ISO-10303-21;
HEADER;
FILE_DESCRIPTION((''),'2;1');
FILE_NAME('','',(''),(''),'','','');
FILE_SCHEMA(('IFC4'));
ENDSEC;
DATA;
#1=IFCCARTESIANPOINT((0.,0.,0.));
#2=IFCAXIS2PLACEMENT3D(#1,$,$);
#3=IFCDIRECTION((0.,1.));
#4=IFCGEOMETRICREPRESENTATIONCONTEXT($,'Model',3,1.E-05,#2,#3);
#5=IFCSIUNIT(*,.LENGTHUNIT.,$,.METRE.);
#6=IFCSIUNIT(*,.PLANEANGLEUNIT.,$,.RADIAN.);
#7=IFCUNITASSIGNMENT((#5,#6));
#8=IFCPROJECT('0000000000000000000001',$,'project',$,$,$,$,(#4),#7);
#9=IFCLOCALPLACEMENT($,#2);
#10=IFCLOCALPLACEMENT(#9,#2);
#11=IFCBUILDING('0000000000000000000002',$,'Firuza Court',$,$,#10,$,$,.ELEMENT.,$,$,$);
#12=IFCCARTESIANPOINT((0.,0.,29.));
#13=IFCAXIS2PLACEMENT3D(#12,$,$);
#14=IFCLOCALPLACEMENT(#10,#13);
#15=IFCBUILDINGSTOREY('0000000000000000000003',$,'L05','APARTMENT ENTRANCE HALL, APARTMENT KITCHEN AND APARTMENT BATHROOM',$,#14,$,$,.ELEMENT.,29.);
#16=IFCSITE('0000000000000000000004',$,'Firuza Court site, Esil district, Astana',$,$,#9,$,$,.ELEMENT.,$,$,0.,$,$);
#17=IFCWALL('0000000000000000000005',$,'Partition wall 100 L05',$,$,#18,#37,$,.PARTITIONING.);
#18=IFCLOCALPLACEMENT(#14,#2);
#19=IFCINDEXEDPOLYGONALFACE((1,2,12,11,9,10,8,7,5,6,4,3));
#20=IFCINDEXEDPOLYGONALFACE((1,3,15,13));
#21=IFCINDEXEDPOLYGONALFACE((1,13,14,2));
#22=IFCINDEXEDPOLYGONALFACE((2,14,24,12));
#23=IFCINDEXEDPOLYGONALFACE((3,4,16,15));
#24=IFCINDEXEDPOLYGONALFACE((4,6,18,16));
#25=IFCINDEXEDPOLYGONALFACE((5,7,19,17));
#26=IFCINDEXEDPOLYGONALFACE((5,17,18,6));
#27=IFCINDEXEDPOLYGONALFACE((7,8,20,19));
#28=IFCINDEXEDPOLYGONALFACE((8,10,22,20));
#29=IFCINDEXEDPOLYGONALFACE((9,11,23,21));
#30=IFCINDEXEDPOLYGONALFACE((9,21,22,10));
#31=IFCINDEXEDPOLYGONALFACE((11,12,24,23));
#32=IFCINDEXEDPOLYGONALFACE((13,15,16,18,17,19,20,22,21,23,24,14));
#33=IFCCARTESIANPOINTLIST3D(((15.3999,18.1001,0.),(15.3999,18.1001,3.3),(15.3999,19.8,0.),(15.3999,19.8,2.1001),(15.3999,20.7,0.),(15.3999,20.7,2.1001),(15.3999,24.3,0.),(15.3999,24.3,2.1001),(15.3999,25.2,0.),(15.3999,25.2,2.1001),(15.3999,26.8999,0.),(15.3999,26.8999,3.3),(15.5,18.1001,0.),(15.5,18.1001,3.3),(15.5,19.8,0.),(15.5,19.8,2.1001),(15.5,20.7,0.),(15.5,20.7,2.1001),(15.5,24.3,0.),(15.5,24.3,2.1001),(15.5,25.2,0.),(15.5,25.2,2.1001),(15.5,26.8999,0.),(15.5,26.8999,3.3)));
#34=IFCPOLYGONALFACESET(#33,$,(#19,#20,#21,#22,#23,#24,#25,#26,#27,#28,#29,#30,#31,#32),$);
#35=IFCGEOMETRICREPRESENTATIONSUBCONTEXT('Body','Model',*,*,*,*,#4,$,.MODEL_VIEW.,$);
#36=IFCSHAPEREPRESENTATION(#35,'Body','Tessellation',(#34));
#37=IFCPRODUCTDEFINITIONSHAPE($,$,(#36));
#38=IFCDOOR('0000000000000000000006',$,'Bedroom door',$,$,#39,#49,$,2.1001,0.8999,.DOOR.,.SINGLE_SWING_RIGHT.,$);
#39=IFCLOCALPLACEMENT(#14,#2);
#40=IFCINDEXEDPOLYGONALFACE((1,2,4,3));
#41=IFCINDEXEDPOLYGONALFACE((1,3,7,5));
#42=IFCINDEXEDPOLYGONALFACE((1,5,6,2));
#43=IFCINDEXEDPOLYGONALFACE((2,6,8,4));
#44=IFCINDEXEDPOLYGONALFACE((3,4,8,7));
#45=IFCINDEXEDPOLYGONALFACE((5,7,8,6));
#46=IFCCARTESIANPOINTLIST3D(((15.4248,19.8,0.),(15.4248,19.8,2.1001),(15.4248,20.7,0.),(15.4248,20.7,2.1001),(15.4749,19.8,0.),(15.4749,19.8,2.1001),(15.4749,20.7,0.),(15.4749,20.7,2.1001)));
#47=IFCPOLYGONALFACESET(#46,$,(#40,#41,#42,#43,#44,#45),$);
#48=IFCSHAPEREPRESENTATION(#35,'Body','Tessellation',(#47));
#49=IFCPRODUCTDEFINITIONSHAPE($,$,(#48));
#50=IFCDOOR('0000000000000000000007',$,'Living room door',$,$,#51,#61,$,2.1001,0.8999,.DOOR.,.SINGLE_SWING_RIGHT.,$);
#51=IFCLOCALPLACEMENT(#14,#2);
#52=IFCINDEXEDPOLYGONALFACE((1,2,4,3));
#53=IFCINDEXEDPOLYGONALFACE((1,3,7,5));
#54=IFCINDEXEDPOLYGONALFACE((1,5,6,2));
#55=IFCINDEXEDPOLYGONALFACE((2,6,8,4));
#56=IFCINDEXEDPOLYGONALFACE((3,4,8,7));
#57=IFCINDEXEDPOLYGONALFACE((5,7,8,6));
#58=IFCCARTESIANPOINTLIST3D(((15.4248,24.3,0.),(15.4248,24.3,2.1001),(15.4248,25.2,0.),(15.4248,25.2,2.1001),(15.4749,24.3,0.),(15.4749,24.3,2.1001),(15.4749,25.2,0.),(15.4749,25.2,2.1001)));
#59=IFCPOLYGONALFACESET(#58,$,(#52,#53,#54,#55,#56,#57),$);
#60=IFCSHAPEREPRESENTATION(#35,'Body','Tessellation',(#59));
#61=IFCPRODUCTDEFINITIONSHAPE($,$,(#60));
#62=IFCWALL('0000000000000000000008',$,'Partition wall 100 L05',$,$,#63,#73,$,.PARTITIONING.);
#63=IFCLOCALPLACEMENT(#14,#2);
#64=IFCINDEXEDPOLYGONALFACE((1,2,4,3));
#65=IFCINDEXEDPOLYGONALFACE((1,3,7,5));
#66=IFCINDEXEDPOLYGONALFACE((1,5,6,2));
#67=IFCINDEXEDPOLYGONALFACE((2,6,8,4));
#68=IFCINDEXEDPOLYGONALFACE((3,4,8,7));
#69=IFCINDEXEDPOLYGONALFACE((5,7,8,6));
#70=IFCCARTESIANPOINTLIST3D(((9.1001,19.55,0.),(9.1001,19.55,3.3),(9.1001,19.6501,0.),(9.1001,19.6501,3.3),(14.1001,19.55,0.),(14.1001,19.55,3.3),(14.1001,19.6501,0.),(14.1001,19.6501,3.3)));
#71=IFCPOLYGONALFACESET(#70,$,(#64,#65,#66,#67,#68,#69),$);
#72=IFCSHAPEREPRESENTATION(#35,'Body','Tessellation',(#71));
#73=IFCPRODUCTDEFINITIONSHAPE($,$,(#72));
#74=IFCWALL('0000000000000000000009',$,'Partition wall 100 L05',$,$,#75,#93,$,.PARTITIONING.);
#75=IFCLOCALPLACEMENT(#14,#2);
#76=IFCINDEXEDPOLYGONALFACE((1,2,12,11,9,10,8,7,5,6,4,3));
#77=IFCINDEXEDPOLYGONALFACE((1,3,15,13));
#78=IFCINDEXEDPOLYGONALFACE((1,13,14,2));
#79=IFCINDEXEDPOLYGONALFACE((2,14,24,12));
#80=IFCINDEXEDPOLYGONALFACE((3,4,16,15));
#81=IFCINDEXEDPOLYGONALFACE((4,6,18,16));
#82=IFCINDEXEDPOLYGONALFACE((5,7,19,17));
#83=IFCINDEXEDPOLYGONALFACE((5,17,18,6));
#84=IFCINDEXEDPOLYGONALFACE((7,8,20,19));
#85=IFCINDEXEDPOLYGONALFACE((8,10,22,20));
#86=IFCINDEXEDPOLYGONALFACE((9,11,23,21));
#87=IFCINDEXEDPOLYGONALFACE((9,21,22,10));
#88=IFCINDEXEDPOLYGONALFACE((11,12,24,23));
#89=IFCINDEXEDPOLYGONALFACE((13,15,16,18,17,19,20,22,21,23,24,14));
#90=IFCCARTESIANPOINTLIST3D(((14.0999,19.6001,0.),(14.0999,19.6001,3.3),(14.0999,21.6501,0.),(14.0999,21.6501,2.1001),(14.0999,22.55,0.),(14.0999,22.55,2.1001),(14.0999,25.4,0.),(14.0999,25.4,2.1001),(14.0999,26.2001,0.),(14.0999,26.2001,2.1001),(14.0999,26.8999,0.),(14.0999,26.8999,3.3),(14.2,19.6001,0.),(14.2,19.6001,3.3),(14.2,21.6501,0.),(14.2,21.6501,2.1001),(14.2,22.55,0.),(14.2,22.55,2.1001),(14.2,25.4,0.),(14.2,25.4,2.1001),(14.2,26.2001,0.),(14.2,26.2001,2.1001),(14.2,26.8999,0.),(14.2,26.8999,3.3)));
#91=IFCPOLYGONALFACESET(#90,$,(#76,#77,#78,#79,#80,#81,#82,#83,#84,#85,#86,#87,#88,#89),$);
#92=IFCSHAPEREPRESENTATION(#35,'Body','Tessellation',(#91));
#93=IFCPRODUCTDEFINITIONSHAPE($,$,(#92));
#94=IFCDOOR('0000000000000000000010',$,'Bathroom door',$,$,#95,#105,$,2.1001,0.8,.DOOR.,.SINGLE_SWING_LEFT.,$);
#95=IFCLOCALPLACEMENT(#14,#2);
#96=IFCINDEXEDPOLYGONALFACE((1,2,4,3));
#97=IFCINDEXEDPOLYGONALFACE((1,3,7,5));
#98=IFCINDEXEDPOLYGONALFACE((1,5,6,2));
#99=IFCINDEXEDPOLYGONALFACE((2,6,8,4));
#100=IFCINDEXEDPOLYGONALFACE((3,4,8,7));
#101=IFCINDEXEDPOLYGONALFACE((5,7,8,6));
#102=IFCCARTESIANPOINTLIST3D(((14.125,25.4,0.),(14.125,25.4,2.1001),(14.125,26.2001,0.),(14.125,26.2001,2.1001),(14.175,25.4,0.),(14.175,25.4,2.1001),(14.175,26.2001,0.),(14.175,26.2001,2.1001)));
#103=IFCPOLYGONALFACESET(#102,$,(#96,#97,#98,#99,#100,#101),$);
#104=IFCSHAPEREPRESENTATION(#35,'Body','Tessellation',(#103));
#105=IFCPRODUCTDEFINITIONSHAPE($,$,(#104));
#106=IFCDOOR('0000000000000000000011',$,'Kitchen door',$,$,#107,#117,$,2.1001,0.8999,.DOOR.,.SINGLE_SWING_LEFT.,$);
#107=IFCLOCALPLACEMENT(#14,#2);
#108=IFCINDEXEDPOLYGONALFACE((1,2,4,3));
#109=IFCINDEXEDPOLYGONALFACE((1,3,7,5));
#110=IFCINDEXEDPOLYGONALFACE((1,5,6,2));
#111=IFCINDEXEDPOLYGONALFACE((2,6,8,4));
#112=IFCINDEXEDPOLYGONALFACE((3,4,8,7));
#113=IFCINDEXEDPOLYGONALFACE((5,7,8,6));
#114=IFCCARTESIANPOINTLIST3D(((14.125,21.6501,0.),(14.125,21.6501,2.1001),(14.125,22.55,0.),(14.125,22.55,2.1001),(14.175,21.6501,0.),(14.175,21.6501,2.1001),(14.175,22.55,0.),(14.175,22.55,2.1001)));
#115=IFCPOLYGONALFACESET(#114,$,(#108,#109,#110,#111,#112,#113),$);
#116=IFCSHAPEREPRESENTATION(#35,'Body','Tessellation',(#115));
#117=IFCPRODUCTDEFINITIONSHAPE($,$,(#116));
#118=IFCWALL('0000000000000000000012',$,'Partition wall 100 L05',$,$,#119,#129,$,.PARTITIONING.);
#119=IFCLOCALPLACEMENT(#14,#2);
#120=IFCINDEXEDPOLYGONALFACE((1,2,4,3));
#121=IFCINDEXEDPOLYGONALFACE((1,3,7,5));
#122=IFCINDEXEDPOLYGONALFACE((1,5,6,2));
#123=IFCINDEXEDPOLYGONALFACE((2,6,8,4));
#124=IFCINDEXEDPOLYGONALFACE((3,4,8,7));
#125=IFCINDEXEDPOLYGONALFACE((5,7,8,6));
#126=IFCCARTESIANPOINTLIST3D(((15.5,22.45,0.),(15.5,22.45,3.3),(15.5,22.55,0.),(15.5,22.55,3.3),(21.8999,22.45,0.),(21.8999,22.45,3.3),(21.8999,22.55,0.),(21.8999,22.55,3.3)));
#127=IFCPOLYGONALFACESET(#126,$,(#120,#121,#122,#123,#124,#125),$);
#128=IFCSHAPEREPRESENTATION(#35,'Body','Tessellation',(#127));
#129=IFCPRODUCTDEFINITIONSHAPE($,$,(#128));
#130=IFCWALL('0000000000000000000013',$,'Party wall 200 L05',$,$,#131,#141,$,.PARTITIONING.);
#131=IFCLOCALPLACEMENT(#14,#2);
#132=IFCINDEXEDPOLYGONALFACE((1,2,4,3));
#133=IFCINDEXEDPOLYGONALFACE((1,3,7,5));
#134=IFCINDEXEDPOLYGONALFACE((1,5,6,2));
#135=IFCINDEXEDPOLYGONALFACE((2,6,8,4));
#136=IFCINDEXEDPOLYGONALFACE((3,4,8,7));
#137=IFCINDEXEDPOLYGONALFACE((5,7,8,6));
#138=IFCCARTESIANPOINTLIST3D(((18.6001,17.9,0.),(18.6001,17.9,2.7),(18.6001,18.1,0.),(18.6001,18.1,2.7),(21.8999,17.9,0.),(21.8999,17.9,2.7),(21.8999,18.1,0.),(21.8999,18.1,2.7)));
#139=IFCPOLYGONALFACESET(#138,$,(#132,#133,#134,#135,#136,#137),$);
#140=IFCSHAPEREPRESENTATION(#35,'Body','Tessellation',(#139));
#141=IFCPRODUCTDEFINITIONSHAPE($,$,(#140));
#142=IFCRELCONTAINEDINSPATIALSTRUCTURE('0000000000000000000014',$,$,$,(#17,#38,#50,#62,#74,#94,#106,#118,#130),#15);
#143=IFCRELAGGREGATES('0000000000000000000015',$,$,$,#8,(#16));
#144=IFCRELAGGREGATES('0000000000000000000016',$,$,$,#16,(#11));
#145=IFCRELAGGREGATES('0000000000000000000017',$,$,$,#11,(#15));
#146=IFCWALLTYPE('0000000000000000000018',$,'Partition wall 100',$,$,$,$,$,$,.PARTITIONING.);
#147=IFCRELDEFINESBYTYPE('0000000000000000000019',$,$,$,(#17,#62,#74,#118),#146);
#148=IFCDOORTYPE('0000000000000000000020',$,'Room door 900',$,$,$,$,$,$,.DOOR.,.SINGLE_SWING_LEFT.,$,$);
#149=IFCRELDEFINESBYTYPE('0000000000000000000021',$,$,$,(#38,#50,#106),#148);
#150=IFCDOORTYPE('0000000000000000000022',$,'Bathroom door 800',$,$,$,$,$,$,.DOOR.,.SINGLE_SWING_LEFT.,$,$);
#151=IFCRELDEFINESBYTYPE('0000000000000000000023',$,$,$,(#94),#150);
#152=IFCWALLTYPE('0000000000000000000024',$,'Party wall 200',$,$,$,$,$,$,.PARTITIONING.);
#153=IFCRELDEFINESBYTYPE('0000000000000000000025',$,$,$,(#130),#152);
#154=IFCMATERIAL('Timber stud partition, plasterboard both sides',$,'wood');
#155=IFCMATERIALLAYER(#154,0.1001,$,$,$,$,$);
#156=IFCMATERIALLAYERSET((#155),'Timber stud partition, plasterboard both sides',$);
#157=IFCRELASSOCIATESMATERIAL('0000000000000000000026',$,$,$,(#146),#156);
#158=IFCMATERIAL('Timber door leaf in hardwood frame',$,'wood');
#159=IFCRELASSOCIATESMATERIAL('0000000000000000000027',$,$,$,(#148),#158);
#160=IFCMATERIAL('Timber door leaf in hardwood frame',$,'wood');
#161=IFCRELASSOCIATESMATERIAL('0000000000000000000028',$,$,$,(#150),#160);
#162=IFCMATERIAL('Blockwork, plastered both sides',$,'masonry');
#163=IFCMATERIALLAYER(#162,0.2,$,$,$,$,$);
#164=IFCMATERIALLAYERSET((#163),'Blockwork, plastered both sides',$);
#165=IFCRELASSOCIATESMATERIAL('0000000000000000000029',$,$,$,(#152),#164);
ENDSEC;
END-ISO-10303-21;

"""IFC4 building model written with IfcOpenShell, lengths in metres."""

from ifc_helpers import new_model, si_unit, direction, frame, frame_2d, origin, place, context, subcontext, project, spatial, rectangle, extrude, material, layer, layer_set, type_object, element, fill, save


model = new_model("IFC4")

# Units and contexts
model_context = context("Model", 3, precision=1e-05, world=origin(), true_north=direction((0.0, 1.0)))
body_context = subcontext(model_context, "Body", "Model", "MODEL_VIEW")
ifc_project = project(units=[si_unit("LENGTHUNIT", "METRE"), si_unit("PLANEANGLEUNIT", "RADIAN")], contexts=[model_context])

# Site, building, storey
site_placement = place(None, origin())
site = spatial("IfcSite", under=ifc_project, at=site_placement, Name="Firuza Court site, Esil district, Astana", CompositionType="ELEMENT", RefElevation=0.0)
building_placement = place(site_placement, origin())
building = spatial("IfcBuilding", under=site, at=building_placement, Name="Firuza Court", CompositionType="ELEMENT")
storey_placement = place(building_placement, frame((0.0, 0.0, 29.0)))
storey = spatial("IfcBuildingStorey", under=building, at=storey_placement, Name="L05", Description="APARTMENT ENTRANCE HALL, APARTMENT KITCHEN AND APARTMENT BATHROOM", CompositionType="ELEMENT", Elevation=29.0)

# Shared definitions
ifc_material_1 = material(Name="Timber stud partition, plasterboard both sides", Category="wood")
ifc_layer_1 = layer(ifc_material_1, 0.1001)
ifc_layer_set_1 = layer_set([ifc_layer_1], Name="Timber stud partition, plasterboard both sides")
wall_type_1 = type_object("IfcWallType", Name="Partition wall 100", PredefinedType="PARTITIONING", material=ifc_layer_set_1)

# Wall, openings, doors
wall_1_placement = place(storey_placement, frame((15.45, 18.1001, 0.0), z_axis=(0.0, 0.0, 1.0), x_axis=(0.0, 1.0, 0.0)))
wall_1 = element("IfcWall", 1, at=wall_1_placement, inside=storey, type_object=wall_type_1, Name="Partition wall 100 L05", PredefinedType="PARTITIONING", context=body_context, shape_type="SweptSolid", body=[
    extrude(rectangle(XDim=8.7998, YDim=0.1001, at=frame_2d((4.3999, 0.0))), origin(), (0.0, 0.0, 1.0), 3.3),
])
opening_1_placement = place(wall_1_placement, frame((1.7, 0.0, 0.0)))
opening_1 = element("IfcOpeningElement", 2, at=opening_1_placement, cuts=wall_1, PredefinedType="OPENING", context=body_context, shape_type="SweptSolid", body=[
    extrude(rectangle(XDim=0.8999, YDim=2.1001, at=frame_2d((0.45, 1.05))), frame((0.0, 0.062, 0.0), z_axis=(0.0, -1.0, 0.0), x_axis=(1.0, 0.0, 0.0)), (0.0, 0.0, 1.0), 0.124),
])
opening_2_placement = place(wall_1_placement, frame((6.2, 0.0, 0.0)))
opening_2 = element("IfcOpeningElement", 3, at=opening_2_placement, cuts=wall_1, PredefinedType="OPENING", context=body_context, shape_type="SweptSolid", body=[
    extrude(rectangle(XDim=0.8999, YDim=2.1001, at=frame_2d((0.45, 1.05))), frame((0.0, 0.062, 0.0), z_axis=(0.0, -1.0, 0.0), x_axis=(1.0, 0.0, 0.0)), (0.0, 0.0, 1.0), 0.124),
])
ifc_material_2 = material(Name="Timber door leaf in hardwood frame", Category="wood")
door_type_1 = type_object("IfcDoorType", Name="Room door 900", OperationType="SINGLE_SWING_LEFT", PredefinedType="DOOR", material=ifc_material_2)
door_1_placement = place(opening_1_placement, frame((0.8999, 0.0, 0.0), z_axis=(0.0, 0.0, 1.0), x_axis=(-1.0, 0.0, 0.0)))
door_1 = element("IfcDoor", 4, at=door_1_placement, inside=storey, type_object=door_type_1, Name="Bedroom door", OperationType="SINGLE_SWING_RIGHT", OverallHeight=2.1001, OverallWidth=0.8999, PredefinedType="DOOR", context=body_context, shape_type="SweptSolid", body=[
    extrude(rectangle(XDim=0.8999, YDim=2.1001, at=frame_2d((0.45, 1.05))), frame((0.0, 0.0249, 0.0), z_axis=(0.0, -1.0, 0.0), x_axis=(1.0, 0.0, 0.0)), (0.0, 0.0, 1.0), 0.05),
])
fill(opening_1, door_1)
door_2_placement = place(opening_2_placement, frame((0.8999, 0.0, 0.0), z_axis=(0.0, 0.0, 1.0), x_axis=(-1.0, 0.0, 0.0)))
door_2 = element("IfcDoor", 5, at=door_2_placement, inside=storey, type_object=door_type_1, Name="Living room door", OperationType="SINGLE_SWING_RIGHT", OverallHeight=2.1001, OverallWidth=0.8999, PredefinedType="DOOR", context=body_context, shape_type="SweptSolid", body=[
    extrude(rectangle(XDim=0.8999, YDim=2.1001, at=frame_2d((0.45, 1.05))), frame((0.0, 0.0249, 0.0), z_axis=(0.0, -1.0, 0.0), x_axis=(1.0, 0.0, 0.0)), (0.0, 0.0, 1.0), 0.05),
])
fill(opening_2, door_2)

# Wall
wall_2_placement = place(storey_placement, frame((9.1001, 19.6001, 0.0), z_axis=(0.0, 0.0, 1.0), x_axis=(1.0, 0.0, 0.0)))
element("IfcWall", 6, at=wall_2_placement, inside=storey, type_object=wall_type_1, Name="Partition wall 100 L05", PredefinedType="PARTITIONING", context=body_context, shape_type="SweptSolid", body=[
    extrude(rectangle(XDim=5.0, YDim=0.1001, at=frame_2d((2.5, 0.0))), origin(), (0.0, 0.0, 1.0), 3.3),
])

# Wall, openings, doors
wall_3_placement = place(storey_placement, frame((14.1499, 19.6001, 0.0), z_axis=(0.0, 0.0, 1.0), x_axis=(0.0, 1.0, 0.0)))
wall_3 = element("IfcWall", 7, at=wall_3_placement, inside=storey, type_object=wall_type_1, Name="Partition wall 100 L05", PredefinedType="PARTITIONING", context=body_context, shape_type="SweptSolid", body=[
    extrude(rectangle(XDim=7.2998, YDim=0.1001, at=frame_2d((3.6499, 0.0))), origin(), (0.0, 0.0, 1.0), 3.3),
])
opening_3_placement = place(wall_3_placement, frame((5.8, 0.0, 0.0)))
opening_3 = element("IfcOpeningElement", 8, at=opening_3_placement, cuts=wall_3, PredefinedType="OPENING", context=body_context, shape_type="SweptSolid", body=[
    extrude(rectangle(XDim=0.8, YDim=2.1001, at=frame_2d((0.3999, 1.05))), frame((0.0, 0.062, 0.0), z_axis=(0.0, -1.0, 0.0), x_axis=(1.0, 0.0, 0.0)), (0.0, 0.0, 1.0), 0.124),
])
opening_4_placement = place(wall_3_placement, frame((2.05, 0.0, 0.0)))
opening_4 = element("IfcOpeningElement", 9, at=opening_4_placement, cuts=wall_3, PredefinedType="OPENING", context=body_context, shape_type="SweptSolid", body=[
    extrude(rectangle(XDim=0.8999, YDim=2.1001, at=frame_2d((0.45, 1.05))), frame((0.0, 0.062, 0.0), z_axis=(0.0, -1.0, 0.0), x_axis=(1.0, 0.0, 0.0)), (0.0, 0.0, 1.0), 0.124),
])
ifc_material_3 = material(Name="Timber door leaf in hardwood frame", Category="wood")
door_type_2 = type_object("IfcDoorType", Name="Bathroom door 800", OperationType="SINGLE_SWING_LEFT", PredefinedType="DOOR", material=ifc_material_3)
door_3_placement = place(opening_3_placement, origin())
door_3 = element("IfcDoor", 10, at=door_3_placement, inside=storey, type_object=door_type_2, Name="Bathroom door", OperationType="SINGLE_SWING_LEFT", OverallHeight=2.1001, OverallWidth=0.8, PredefinedType="DOOR", context=body_context, shape_type="SweptSolid", body=[
    extrude(rectangle(XDim=0.8, YDim=2.1001, at=frame_2d((0.3999, 1.05))), frame((0.0, 0.0249, 0.0), z_axis=(0.0, -1.0, 0.0), x_axis=(1.0, 0.0, 0.0)), (0.0, 0.0, 1.0), 0.05),
])
fill(opening_3, door_3)
door_4_placement = place(opening_4_placement, origin())
door_4 = element("IfcDoor", 11, at=door_4_placement, inside=storey, type_object=door_type_1, Name="Kitchen door", OperationType="SINGLE_SWING_LEFT", OverallHeight=2.1001, OverallWidth=0.8999, PredefinedType="DOOR", context=body_context, shape_type="SweptSolid", body=[
    extrude(rectangle(XDim=0.8999, YDim=2.1001, at=frame_2d((0.45, 1.05))), frame((0.0, 0.0249, 0.0), z_axis=(0.0, -1.0, 0.0), x_axis=(1.0, 0.0, 0.0)), (0.0, 0.0, 1.0), 0.05),
])
fill(opening_4, door_4)

# Walls
wall_4_placement = place(storey_placement, frame((15.5, 22.5, 0.0), z_axis=(0.0, 0.0, 1.0), x_axis=(1.0, 0.0, 0.0)))
element("IfcWall", 12, at=wall_4_placement, inside=storey, type_object=wall_type_1, Name="Partition wall 100 L05", PredefinedType="PARTITIONING", context=body_context, shape_type="SweptSolid", body=[
    extrude(rectangle(XDim=6.3999, YDim=0.1001, at=frame_2d((3.2, 0.0))), origin(), (0.0, 0.0, 1.0), 3.3),
])
ifc_material_4 = material(Name="Blockwork, plastered both sides", Category="masonry")
ifc_layer_2 = layer(ifc_material_4, 0.2)
ifc_layer_set_2 = layer_set([ifc_layer_2], Name="Blockwork, plastered both sides")
wall_type_2 = type_object("IfcWallType", Name="Party wall 200", PredefinedType="PARTITIONING", material=ifc_layer_set_2)
wall_5_placement = place(storey_placement, frame((18.6001, 18.0, 0.0), z_axis=(0.0, 0.0, 1.0), x_axis=(1.0, 0.0, 0.0)))
element("IfcWall", 13, at=wall_5_placement, inside=storey, type_object=wall_type_2, Name="Party wall 200 L05", PredefinedType="PARTITIONING", context=body_context, shape_type="SweptSolid", body=[
    extrude(rectangle(XDim=3.2998, YDim=0.2, at=frame_2d((1.6499, 0.0))), origin(), (0.0, 0.0, 1.0), 2.7),
])

save(model, "model.ifc")
